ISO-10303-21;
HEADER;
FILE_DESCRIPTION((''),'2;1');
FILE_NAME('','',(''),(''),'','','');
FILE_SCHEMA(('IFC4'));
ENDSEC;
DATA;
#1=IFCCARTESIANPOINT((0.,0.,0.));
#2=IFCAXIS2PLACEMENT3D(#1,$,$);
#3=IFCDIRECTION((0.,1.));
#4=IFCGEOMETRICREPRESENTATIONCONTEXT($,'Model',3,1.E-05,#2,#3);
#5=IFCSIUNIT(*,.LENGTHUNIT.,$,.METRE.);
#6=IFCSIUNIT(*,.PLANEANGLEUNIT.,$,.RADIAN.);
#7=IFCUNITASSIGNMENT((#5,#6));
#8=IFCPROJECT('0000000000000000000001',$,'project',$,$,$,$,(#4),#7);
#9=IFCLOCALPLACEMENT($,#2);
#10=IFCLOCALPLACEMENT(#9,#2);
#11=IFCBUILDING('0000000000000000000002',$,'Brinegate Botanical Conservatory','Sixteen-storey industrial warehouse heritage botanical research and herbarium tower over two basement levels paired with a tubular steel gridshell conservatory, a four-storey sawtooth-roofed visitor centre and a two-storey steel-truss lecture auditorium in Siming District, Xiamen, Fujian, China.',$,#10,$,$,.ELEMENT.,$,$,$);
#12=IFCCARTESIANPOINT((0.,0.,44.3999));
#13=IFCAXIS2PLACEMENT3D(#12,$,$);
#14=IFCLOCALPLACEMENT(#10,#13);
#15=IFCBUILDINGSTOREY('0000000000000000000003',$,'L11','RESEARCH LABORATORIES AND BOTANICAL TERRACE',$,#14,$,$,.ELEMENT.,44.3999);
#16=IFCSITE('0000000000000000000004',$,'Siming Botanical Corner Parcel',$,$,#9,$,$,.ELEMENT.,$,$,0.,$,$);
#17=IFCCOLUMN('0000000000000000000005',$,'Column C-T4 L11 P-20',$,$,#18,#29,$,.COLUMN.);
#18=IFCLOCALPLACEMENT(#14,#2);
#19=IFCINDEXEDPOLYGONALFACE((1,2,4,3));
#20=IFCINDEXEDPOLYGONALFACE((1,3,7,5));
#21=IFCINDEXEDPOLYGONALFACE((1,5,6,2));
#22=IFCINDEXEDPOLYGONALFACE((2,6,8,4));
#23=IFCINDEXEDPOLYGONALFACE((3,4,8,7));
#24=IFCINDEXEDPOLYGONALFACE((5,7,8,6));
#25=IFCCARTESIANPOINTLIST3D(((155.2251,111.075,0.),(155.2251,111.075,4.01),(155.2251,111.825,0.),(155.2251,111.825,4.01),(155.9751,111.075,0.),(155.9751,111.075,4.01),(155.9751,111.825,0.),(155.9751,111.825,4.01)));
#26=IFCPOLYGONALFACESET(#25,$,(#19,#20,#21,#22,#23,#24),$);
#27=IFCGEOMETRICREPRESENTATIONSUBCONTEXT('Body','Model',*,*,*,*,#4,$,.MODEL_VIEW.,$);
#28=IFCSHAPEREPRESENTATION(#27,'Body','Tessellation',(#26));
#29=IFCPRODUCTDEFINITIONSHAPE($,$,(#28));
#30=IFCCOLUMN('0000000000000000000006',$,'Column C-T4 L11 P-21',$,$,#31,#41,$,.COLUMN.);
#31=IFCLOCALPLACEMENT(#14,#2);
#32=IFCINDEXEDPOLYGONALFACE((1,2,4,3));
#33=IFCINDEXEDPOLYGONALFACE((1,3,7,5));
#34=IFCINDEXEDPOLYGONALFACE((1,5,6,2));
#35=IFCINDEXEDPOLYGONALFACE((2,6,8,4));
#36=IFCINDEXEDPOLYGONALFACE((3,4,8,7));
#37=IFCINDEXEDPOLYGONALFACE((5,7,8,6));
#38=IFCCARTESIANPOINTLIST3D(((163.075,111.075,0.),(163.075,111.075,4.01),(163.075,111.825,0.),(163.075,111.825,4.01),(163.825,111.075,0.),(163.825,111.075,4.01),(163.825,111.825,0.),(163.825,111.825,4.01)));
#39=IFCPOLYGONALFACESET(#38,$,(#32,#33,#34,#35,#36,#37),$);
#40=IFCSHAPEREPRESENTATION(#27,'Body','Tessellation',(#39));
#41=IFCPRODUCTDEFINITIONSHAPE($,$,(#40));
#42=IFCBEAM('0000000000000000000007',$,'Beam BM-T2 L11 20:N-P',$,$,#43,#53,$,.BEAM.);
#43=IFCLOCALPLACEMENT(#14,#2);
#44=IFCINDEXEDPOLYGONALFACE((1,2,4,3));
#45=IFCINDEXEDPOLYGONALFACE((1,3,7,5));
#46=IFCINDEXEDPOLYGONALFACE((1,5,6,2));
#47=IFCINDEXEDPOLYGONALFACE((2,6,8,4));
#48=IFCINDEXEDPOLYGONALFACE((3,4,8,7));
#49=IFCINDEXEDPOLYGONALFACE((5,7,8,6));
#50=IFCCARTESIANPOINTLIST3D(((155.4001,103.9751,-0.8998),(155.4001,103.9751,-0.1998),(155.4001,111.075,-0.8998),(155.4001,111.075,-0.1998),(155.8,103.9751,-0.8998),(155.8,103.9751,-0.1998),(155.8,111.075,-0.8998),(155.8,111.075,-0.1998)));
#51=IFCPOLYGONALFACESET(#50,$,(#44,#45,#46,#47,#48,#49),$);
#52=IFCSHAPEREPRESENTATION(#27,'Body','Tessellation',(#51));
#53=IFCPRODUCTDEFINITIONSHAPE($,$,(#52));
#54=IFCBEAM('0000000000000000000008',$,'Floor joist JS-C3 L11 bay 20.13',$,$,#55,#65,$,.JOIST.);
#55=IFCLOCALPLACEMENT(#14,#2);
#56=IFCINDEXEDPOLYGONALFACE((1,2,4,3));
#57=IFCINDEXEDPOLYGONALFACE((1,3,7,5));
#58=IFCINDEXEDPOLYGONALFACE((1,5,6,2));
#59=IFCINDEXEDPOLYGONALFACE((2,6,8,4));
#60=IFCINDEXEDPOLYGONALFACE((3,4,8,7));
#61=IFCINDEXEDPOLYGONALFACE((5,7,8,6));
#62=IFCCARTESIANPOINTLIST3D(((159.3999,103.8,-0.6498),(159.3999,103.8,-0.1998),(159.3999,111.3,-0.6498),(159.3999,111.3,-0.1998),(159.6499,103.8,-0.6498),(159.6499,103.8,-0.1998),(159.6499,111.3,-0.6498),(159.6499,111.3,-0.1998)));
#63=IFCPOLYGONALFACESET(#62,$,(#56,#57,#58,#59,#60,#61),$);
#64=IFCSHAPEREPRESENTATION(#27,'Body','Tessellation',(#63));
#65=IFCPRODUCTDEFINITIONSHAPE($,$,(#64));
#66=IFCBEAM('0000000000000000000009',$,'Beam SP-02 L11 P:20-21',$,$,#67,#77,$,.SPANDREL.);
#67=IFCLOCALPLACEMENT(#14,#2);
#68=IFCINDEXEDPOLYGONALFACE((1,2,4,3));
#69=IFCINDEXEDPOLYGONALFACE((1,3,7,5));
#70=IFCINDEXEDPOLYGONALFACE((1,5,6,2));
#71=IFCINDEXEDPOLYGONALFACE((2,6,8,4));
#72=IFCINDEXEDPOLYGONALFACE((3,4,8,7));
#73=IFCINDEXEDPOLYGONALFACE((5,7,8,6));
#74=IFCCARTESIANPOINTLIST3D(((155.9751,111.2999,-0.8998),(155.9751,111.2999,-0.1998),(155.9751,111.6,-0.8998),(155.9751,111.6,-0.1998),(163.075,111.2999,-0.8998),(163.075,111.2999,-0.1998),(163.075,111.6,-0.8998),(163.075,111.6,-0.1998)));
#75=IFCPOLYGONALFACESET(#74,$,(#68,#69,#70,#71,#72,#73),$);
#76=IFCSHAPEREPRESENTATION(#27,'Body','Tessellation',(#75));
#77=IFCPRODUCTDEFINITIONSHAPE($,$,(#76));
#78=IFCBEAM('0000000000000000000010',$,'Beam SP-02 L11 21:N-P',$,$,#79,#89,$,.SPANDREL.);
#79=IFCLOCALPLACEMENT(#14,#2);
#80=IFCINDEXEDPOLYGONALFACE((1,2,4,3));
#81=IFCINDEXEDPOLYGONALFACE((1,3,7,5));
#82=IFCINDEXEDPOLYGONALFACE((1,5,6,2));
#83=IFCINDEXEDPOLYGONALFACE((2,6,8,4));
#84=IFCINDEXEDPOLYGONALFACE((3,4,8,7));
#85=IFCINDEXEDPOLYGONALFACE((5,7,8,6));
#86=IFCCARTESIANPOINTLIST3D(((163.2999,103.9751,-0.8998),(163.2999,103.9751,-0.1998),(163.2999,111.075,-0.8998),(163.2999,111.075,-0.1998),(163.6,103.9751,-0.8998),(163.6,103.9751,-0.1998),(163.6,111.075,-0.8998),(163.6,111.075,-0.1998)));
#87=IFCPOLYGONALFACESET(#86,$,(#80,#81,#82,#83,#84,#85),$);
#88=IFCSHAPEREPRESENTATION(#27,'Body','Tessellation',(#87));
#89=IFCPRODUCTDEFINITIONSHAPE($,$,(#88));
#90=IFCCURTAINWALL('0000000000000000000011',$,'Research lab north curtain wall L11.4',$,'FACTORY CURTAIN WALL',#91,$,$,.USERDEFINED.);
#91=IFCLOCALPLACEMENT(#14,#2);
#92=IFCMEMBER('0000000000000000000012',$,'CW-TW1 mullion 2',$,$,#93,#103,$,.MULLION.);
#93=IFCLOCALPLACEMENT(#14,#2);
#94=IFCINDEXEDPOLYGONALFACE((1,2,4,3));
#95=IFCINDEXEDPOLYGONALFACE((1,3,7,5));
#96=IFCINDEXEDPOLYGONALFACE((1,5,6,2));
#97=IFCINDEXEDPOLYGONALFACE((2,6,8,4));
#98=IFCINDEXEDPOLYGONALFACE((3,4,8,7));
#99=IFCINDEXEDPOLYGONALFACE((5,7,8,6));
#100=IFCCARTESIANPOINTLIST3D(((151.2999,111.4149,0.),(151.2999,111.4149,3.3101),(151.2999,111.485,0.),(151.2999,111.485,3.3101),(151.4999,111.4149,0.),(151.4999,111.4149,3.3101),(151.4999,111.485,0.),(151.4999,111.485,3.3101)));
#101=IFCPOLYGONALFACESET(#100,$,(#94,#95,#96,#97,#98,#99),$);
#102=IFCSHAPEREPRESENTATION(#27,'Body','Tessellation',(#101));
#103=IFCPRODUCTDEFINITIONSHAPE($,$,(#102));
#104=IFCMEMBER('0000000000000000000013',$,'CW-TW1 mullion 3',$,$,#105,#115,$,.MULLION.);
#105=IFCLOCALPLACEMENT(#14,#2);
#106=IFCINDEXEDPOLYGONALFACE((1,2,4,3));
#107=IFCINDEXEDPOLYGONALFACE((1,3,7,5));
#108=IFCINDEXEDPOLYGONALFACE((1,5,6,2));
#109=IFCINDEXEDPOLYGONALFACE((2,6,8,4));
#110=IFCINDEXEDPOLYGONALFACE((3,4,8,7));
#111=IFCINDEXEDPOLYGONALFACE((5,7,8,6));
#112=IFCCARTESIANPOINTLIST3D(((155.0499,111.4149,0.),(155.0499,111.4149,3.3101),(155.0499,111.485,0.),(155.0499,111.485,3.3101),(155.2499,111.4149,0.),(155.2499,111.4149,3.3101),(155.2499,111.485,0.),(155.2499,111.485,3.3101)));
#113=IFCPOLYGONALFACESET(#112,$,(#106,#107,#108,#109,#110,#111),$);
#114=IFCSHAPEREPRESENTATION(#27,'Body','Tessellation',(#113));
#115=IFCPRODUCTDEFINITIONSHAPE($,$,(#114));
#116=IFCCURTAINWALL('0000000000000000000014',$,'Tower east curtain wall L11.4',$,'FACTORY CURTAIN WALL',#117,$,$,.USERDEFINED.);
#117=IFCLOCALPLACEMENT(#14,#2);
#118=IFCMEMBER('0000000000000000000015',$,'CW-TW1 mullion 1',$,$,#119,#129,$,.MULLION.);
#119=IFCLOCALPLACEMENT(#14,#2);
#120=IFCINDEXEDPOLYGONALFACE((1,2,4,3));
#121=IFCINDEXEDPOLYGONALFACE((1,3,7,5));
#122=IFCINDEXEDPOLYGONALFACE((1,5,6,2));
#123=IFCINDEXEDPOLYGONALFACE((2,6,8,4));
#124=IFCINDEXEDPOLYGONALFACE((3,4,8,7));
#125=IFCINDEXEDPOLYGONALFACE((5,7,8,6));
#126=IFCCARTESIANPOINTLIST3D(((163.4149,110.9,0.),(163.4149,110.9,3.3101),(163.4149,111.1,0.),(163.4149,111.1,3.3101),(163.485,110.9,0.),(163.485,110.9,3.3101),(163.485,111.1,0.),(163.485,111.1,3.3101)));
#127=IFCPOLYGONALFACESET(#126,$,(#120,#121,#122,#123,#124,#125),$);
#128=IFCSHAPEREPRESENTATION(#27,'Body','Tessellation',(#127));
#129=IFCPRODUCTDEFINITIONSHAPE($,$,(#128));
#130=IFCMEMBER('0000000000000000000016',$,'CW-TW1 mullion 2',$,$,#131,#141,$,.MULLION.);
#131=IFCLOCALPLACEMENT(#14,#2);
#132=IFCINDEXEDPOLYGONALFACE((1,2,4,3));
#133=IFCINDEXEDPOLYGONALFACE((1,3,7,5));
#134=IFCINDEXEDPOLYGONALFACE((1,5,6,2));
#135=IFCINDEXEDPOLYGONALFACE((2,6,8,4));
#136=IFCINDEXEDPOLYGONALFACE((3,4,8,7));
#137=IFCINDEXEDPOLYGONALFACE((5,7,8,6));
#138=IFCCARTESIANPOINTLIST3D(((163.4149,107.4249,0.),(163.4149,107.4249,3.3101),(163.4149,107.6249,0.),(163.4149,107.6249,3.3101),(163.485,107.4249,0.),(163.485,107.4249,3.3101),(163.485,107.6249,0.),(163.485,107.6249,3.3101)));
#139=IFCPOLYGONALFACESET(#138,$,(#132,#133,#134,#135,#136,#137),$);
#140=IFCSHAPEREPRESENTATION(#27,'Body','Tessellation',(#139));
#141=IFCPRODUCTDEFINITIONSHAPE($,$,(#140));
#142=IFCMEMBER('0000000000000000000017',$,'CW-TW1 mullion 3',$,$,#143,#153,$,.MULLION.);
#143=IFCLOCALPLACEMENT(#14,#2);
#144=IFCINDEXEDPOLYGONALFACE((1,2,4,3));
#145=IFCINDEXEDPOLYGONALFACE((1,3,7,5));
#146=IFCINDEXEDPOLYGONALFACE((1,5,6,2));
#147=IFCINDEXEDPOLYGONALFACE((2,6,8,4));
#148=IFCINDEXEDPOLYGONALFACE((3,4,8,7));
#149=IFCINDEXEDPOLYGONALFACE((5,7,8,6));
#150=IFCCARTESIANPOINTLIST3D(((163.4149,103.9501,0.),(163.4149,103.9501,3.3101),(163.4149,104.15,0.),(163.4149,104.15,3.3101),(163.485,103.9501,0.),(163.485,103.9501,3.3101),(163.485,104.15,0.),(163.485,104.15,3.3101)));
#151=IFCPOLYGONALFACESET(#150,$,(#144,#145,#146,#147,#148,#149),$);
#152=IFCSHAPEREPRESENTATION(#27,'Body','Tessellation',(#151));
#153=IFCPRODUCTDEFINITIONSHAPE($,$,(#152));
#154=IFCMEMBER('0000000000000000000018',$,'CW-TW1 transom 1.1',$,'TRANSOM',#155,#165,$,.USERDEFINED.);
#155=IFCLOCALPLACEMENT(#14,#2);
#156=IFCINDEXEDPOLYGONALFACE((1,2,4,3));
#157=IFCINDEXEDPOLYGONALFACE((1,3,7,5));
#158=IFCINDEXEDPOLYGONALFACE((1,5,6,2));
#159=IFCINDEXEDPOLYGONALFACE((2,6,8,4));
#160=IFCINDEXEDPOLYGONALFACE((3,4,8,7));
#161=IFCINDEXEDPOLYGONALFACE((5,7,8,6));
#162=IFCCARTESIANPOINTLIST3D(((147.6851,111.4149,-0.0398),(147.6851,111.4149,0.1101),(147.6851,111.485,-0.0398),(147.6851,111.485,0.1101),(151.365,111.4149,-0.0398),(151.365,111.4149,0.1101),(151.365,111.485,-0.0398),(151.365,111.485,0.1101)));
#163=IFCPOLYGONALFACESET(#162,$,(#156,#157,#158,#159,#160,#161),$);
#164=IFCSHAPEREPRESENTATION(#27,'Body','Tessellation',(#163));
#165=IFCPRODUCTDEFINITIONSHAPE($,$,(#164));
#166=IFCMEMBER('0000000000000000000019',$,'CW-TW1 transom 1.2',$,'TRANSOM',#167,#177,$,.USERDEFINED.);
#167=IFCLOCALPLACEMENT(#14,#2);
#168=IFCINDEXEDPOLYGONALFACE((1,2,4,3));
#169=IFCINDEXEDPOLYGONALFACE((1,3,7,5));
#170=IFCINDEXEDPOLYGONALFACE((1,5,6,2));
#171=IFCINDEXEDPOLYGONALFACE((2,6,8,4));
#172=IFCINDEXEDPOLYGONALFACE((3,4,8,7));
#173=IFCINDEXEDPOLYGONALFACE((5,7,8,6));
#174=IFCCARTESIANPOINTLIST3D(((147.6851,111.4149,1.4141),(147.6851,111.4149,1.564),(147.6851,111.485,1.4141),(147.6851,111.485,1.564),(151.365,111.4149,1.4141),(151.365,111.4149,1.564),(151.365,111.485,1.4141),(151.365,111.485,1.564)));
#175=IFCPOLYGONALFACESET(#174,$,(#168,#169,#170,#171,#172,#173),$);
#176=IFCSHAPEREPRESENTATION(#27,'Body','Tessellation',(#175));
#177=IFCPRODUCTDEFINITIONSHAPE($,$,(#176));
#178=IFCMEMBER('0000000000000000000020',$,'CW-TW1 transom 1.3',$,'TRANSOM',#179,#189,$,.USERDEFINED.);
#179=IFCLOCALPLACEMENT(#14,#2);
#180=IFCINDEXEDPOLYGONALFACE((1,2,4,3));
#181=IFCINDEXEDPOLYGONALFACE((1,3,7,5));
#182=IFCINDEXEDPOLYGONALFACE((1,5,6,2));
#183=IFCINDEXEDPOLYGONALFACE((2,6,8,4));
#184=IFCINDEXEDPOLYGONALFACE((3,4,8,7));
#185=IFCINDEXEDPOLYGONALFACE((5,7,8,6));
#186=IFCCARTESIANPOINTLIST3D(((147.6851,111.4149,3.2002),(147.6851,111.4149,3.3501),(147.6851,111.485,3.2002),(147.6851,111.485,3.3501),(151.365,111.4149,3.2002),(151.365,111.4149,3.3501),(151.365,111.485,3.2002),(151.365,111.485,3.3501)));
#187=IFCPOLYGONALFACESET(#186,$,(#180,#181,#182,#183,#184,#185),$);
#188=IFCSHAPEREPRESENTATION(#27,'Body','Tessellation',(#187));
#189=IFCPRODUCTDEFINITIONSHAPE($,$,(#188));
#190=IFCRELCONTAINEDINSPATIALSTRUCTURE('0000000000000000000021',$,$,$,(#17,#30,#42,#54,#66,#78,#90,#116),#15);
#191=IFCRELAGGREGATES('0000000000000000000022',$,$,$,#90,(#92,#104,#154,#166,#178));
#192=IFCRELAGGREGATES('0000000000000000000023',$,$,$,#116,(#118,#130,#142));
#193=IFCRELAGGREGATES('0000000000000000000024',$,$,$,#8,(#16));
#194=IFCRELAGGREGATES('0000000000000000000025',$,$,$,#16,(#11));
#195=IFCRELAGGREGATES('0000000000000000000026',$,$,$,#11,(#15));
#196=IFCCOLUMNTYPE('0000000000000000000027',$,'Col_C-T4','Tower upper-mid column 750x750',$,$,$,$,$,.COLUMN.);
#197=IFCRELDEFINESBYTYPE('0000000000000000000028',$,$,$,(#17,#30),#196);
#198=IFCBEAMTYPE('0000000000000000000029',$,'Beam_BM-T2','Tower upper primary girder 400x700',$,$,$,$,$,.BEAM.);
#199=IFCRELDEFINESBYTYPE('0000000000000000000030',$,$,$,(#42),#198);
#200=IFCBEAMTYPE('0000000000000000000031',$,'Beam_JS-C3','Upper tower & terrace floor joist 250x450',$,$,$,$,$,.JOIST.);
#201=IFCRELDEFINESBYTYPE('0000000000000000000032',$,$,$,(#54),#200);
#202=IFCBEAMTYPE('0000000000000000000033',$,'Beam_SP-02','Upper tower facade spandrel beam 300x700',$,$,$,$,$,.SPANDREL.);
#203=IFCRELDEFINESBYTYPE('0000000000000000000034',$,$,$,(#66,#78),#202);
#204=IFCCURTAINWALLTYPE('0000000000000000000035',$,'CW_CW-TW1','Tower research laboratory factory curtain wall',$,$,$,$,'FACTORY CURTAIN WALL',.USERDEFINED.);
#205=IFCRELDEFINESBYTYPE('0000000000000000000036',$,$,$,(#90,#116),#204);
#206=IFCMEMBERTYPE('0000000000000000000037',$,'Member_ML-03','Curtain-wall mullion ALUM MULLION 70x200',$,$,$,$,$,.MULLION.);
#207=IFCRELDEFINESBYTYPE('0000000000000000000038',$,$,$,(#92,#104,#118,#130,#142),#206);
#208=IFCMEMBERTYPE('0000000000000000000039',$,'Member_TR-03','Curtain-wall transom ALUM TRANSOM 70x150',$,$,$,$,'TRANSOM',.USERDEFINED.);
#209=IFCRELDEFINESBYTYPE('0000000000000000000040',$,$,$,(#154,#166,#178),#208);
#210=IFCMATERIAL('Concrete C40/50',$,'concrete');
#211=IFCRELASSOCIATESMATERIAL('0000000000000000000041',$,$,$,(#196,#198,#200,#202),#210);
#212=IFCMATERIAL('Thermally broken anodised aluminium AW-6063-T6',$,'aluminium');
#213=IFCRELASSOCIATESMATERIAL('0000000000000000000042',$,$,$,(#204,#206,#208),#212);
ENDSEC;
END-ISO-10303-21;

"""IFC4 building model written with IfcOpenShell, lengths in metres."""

from ifc_helpers import new_model, si_unit, direction, frame, origin, origin_2d, place, context, subcontext, project, spatial, rectangle, extrude, material, material_profile, profile_set, type_object, element, aggregate, save


model = new_model("IFC4")

# Units and contexts
model_context = context("Model", 3, precision=1e-05, world=origin(), true_north=direction((0.0, 1.0)))
body_context = subcontext(model_context, "Body", "Model", "MODEL_VIEW")
ifc_project = project(units=[si_unit("LENGTHUNIT", "METRE"), si_unit("PLANEANGLEUNIT", "RADIAN")], contexts=[model_context])

# Site, building, storey
site_placement = place(None, origin())
site = spatial("IfcSite", under=ifc_project, at=site_placement, Name="Siming Botanical Corner Parcel", CompositionType="ELEMENT", RefElevation=0.0)
building_placement = place(site_placement, origin())
building = spatial("IfcBuilding", under=site, at=building_placement, Name="Brinegate Botanical Conservatory", Description="Sixteen-storey industrial warehouse heritage botanical research and herbarium tower over two basement levels paired with a tubular steel gridshell conservatory, a four-storey sawtooth-roofed visitor centre and a two-storey steel-truss lecture auditorium in Siming District, Xiamen, Fujian, China.", CompositionType="ELEMENT")
storey_placement = place(building_placement, frame((0.0, 0.0, 44.3999)))
storey = spatial("IfcBuildingStorey", under=building, at=storey_placement, Name="L11", Description="RESEARCH LABORATORIES AND BOTANICAL TERRACE", CompositionType="ELEMENT", Elevation=44.3999)

# Columns
ifc_material_1 = material(Name="Concrete C40/50", Category="concrete")
ifc_material_profile_1 = material_profile(ifc_material_1, rectangle(XDim=0.75, YDim=0.75, at=origin_2d()), Name="RC COL 750x750")
ifc_profile_set_1 = profile_set([ifc_material_profile_1], Name="Concrete C40/50")
column_type = type_object("IfcColumnType", Name="Col_C-T4", Description="Tower upper-mid column 750x750", PredefinedType="COLUMN", material=ifc_profile_set_1)
for number, where, z_axis, x_axis, name in (
    (1, (155.6001, 111.45, 0.0), (0.0, 0.0, 1.0), (1.0, 0.0, 0.0), "Column C-T4 L11 P-20"),
    (2, (163.45, 111.45, 0.0), (0.0, 0.0, 1.0), (1.0, 0.0, 0.0), "Column C-T4 L11 P-21"),
):
    element("IfcColumn", number, at=place(storey_placement, frame(where, z_axis=z_axis, x_axis=x_axis)), inside=storey, type_object=column_type, Name=name, PredefinedType="COLUMN", context=body_context, shape_type="SweptSolid", body=[
        extrude(rectangle(XDim=0.75, YDim=0.75, at=origin_2d()), origin(), (0.0, 0.0, 1.0), 4.01),
    ])

# Beams
ifc_material_profile_2 = material_profile(ifc_material_1, rectangle(XDim=0.3999, YDim=0.7, at=origin_2d()), Name="RC BM 400x700")
ifc_profile_set_2 = profile_set([ifc_material_profile_2], Name="Concrete C40/50")
beam_type_1 = type_object("IfcBeamType", Name="Beam_BM-T2", Description="Tower upper primary girder 400x700", PredefinedType="BEAM", material=ifc_profile_set_2)
beam_1_placement = place(storey_placement, frame((155.6001, 103.9751, -0.5498), z_axis=(0.0, 1.0, 0.0), x_axis=(-1.0, 0.0, 0.0)))
element("IfcBeam", 3, at=beam_1_placement, inside=storey, type_object=beam_type_1, Name="Beam BM-T2 L11 20:N-P", PredefinedType="BEAM", context=body_context, shape_type="SweptSolid", body=[
    extrude(rectangle(XDim=0.3999, YDim=0.7, at=origin_2d()), origin(), (0.0, 0.0, 1.0), 7.0999),
])
ifc_material_profile_3 = material_profile(ifc_material_1, rectangle(XDim=0.25, YDim=0.45, at=origin_2d()), Name="RC JST 250x450")
ifc_profile_set_3 = profile_set([ifc_material_profile_3], Name="Concrete C40/50")
beam_type_2 = type_object("IfcBeamType", Name="Beam_JS-C3", Description="Upper tower & terrace floor joist 250x450", PredefinedType="JOIST", material=ifc_profile_set_3)
beam_2_placement = place(storey_placement, frame((159.5249, 103.8, -0.4248), z_axis=(0.0, 1.0, 0.0), x_axis=(-1.0, 0.0, 0.0)))
element("IfcBeam", 4, at=beam_2_placement, inside=storey, type_object=beam_type_2, Name="Floor joist JS-C3 L11 bay 20.13", PredefinedType="JOIST", context=body_context, shape_type="SweptSolid", body=[
    extrude(rectangle(XDim=0.25, YDim=0.45, at=origin_2d()), origin(), (0.0, 0.0, 1.0), 7.5),
])
ifc_material_profile_4 = material_profile(ifc_material_1, rectangle(XDim=0.3, YDim=0.7, at=origin_2d()), Name="RC SPN 300x700")
ifc_profile_set_4 = profile_set([ifc_material_profile_4], Name="Concrete C40/50")
beam_type_3 = type_object("IfcBeamType", Name="Beam_SP-02", Description="Upper tower facade spandrel beam 300x700", PredefinedType="SPANDREL", material=ifc_profile_set_4)
for number, where, z_axis, x_axis, name in (
    (5, (155.9751, 111.45, -0.5498), (1.0, 0.0, 0.0), (0.0, 1.0, 0.0), "Beam SP-02 L11 P:20-21"),
    (6, (163.45, 103.9751, -0.5498), (0.0, 1.0, 0.0), (-1.0, 0.0, 0.0), "Beam SP-02 L11 21:N-P"),
):
    element("IfcBeam", number, at=place(storey_placement, frame(where, z_axis=z_axis, x_axis=x_axis)), inside=storey, type_object=beam_type_3, Name=name, PredefinedType="SPANDREL", context=body_context, shape_type="SweptSolid", body=[
        extrude(rectangle(XDim=0.3, YDim=0.7, at=origin_2d()), origin(), (0.0, 0.0, 1.0), 7.0999),
    ])

# Curtain walls, members
ifc_material_2 = material(Name="Thermally broken anodised aluminium AW-6063-T6", Category="aluminium")
curtain_wall_type = type_object("IfcCurtainWallType", Name="CW_CW-TW1", Description="Tower research laboratory factory curtain wall", ElementType="FACTORY CURTAIN WALL", PredefinedType="USERDEFINED", material=ifc_material_2)
curtain_wall_1_placement = place(storey_placement, origin())
curtain_wall_1 = element("IfcCurtainWall", 7, at=curtain_wall_1_placement, inside=storey, type_object=curtain_wall_type, Name="Research lab north curtain wall L11.4", ObjectType="FACTORY CURTAIN WALL", PredefinedType="USERDEFINED")
ifc_material_profile_5 = material_profile(ifc_material_2, rectangle(XDim=0.0701, YDim=0.2, at=origin_2d()), Name="ALUM MULLION 70x200")
ifc_profile_set_5 = profile_set([ifc_material_profile_5], Name="Thermally broken anodised aluminium AW-6063-T6")
member_type_1 = type_object("IfcMemberType", Name="Member_ML-03", Description="Curtain-wall mullion ALUM MULLION 70x200", PredefinedType="MULLION", material=ifc_profile_set_5)
member_1_placement = place(storey_placement, frame((151.3999, 111.45, 0.0), z_axis=(0.0, 0.0, 1.0), x_axis=(0.0, 1.0, 0.0)))
member_1 = element("IfcMember", 8, at=member_1_placement, type_object=member_type_1, Name="CW-TW1 mullion 2", PredefinedType="MULLION", context=body_context, shape_type="SweptSolid", body=[
    extrude(rectangle(XDim=0.0701, YDim=0.2, at=origin_2d()), origin(), (0.0, 0.0, 1.0), 3.3101),
])
member_2_placement = place(storey_placement, frame((155.1499, 111.45, 0.0), z_axis=(0.0, 0.0, 1.0), x_axis=(0.0, 1.0, 0.0)))
member_2 = element("IfcMember", 9, at=member_2_placement, type_object=member_type_1, Name="CW-TW1 mullion 3", PredefinedType="MULLION", context=body_context, shape_type="SweptSolid", body=[
    extrude(rectangle(XDim=0.0701, YDim=0.2, at=origin_2d()), origin(), (0.0, 0.0, 1.0), 3.3101),
])
curtain_wall_2_placement = place(storey_placement, origin())
curtain_wall_2 = element("IfcCurtainWall", 10, at=curtain_wall_2_placement, inside=storey, type_object=curtain_wall_type, Name="Tower east curtain wall L11.4", ObjectType="FACTORY CURTAIN WALL", PredefinedType="USERDEFINED")
member_3_placement = place(storey_placement, frame((163.45, 111.0, 0.0), z_axis=(0.0, 0.0, 1.0), x_axis=(1.0, 0.0, 0.0)))
member_3 = element("IfcMember", 11, at=member_3_placement, type_object=member_type_1, Name="CW-TW1 mullion 1", PredefinedType="MULLION", context=body_context, shape_type="SweptSolid", body=[
    extrude(rectangle(XDim=0.0701, YDim=0.2, at=origin_2d()), origin(), (0.0, 0.0, 1.0), 3.3101),
])
member_4_placement = place(storey_placement, frame((163.45, 107.5249, 0.0), z_axis=(0.0, 0.0, 1.0), x_axis=(1.0, 0.0, 0.0)))
member_4 = element("IfcMember", 12, at=member_4_placement, type_object=member_type_1, Name="CW-TW1 mullion 2", PredefinedType="MULLION", context=body_context, shape_type="SweptSolid", body=[
    extrude(rectangle(XDim=0.0701, YDim=0.2, at=origin_2d()), origin(), (0.0, 0.0, 1.0), 3.3101),
])
member_5_placement = place(storey_placement, frame((163.45, 104.05, 0.0), z_axis=(0.0, 0.0, 1.0), x_axis=(1.0, 0.0, 0.0)))
member_5 = element("IfcMember", 13, at=member_5_placement, type_object=member_type_1, Name="CW-TW1 mullion 3", PredefinedType="MULLION", context=body_context, shape_type="SweptSolid", body=[
    extrude(rectangle(XDim=0.0701, YDim=0.2, at=origin_2d()), origin(), (0.0, 0.0, 1.0), 3.3101),
])

# Members
ifc_material_profile_6 = material_profile(ifc_material_2, rectangle(XDim=0.0701, YDim=0.1499, at=origin_2d()), Name="ALUM TRANSOM 70x150")
ifc_profile_set_6 = profile_set([ifc_material_profile_6], Name="Thermally broken anodised aluminium AW-6063-T6")
member_type_2 = type_object("IfcMemberType", Name="Member_TR-03", Description="Curtain-wall transom ALUM TRANSOM 70x150", ElementType="TRANSOM", PredefinedType="USERDEFINED", material=ifc_profile_set_6)
member_6_placement = place(storey_placement, frame((147.6851, 111.45, 0.0352), z_axis=(1.0, 0.0, 0.0), x_axis=(0.0, 1.0, 0.0)))
member_6 = element("IfcMember", 14, at=member_6_placement, type_object=member_type_2, Name="CW-TW1 transom 1.1", ObjectType="TRANSOM", PredefinedType="USERDEFINED", context=body_context, shape_type="SweptSolid", body=[
    extrude(rectangle(XDim=0.0701, YDim=0.1499, at=origin_2d()), origin(), (0.0, 0.0, 1.0), 3.6799),
])
member_7_placement = place(storey_placement, frame((147.6851, 111.45, 1.489), z_axis=(1.0, 0.0, 0.0), x_axis=(0.0, 1.0, 0.0)))
member_7 = element("IfcMember", 15, at=member_7_placement, type_object=member_type_2, Name="CW-TW1 transom 1.2", ObjectType="TRANSOM", PredefinedType="USERDEFINED", context=body_context, shape_type="SweptSolid", body=[
    extrude(rectangle(XDim=0.0701, YDim=0.1499, at=origin_2d()), origin(), (0.0, 0.0, 1.0), 3.6799),
])
member_8_placement = place(storey_placement, frame((147.6851, 111.45, 3.2751), z_axis=(1.0, 0.0, 0.0), x_axis=(0.0, 1.0, 0.0)))
member_8 = element("IfcMember", 16, at=member_8_placement, type_object=member_type_2, Name="CW-TW1 transom 1.3", ObjectType="TRANSOM", PredefinedType="USERDEFINED", context=body_context, shape_type="SweptSolid", body=[
    extrude(rectangle(XDim=0.0701, YDim=0.1499, at=origin_2d()), origin(), (0.0, 0.0, 1.0), 3.6799),
])

aggregate(curtain_wall_1, [member_1, member_2, member_6, member_7, member_8])
aggregate(curtain_wall_2, [member_3, member_4, member_5])

save(model, "model.ifc")
